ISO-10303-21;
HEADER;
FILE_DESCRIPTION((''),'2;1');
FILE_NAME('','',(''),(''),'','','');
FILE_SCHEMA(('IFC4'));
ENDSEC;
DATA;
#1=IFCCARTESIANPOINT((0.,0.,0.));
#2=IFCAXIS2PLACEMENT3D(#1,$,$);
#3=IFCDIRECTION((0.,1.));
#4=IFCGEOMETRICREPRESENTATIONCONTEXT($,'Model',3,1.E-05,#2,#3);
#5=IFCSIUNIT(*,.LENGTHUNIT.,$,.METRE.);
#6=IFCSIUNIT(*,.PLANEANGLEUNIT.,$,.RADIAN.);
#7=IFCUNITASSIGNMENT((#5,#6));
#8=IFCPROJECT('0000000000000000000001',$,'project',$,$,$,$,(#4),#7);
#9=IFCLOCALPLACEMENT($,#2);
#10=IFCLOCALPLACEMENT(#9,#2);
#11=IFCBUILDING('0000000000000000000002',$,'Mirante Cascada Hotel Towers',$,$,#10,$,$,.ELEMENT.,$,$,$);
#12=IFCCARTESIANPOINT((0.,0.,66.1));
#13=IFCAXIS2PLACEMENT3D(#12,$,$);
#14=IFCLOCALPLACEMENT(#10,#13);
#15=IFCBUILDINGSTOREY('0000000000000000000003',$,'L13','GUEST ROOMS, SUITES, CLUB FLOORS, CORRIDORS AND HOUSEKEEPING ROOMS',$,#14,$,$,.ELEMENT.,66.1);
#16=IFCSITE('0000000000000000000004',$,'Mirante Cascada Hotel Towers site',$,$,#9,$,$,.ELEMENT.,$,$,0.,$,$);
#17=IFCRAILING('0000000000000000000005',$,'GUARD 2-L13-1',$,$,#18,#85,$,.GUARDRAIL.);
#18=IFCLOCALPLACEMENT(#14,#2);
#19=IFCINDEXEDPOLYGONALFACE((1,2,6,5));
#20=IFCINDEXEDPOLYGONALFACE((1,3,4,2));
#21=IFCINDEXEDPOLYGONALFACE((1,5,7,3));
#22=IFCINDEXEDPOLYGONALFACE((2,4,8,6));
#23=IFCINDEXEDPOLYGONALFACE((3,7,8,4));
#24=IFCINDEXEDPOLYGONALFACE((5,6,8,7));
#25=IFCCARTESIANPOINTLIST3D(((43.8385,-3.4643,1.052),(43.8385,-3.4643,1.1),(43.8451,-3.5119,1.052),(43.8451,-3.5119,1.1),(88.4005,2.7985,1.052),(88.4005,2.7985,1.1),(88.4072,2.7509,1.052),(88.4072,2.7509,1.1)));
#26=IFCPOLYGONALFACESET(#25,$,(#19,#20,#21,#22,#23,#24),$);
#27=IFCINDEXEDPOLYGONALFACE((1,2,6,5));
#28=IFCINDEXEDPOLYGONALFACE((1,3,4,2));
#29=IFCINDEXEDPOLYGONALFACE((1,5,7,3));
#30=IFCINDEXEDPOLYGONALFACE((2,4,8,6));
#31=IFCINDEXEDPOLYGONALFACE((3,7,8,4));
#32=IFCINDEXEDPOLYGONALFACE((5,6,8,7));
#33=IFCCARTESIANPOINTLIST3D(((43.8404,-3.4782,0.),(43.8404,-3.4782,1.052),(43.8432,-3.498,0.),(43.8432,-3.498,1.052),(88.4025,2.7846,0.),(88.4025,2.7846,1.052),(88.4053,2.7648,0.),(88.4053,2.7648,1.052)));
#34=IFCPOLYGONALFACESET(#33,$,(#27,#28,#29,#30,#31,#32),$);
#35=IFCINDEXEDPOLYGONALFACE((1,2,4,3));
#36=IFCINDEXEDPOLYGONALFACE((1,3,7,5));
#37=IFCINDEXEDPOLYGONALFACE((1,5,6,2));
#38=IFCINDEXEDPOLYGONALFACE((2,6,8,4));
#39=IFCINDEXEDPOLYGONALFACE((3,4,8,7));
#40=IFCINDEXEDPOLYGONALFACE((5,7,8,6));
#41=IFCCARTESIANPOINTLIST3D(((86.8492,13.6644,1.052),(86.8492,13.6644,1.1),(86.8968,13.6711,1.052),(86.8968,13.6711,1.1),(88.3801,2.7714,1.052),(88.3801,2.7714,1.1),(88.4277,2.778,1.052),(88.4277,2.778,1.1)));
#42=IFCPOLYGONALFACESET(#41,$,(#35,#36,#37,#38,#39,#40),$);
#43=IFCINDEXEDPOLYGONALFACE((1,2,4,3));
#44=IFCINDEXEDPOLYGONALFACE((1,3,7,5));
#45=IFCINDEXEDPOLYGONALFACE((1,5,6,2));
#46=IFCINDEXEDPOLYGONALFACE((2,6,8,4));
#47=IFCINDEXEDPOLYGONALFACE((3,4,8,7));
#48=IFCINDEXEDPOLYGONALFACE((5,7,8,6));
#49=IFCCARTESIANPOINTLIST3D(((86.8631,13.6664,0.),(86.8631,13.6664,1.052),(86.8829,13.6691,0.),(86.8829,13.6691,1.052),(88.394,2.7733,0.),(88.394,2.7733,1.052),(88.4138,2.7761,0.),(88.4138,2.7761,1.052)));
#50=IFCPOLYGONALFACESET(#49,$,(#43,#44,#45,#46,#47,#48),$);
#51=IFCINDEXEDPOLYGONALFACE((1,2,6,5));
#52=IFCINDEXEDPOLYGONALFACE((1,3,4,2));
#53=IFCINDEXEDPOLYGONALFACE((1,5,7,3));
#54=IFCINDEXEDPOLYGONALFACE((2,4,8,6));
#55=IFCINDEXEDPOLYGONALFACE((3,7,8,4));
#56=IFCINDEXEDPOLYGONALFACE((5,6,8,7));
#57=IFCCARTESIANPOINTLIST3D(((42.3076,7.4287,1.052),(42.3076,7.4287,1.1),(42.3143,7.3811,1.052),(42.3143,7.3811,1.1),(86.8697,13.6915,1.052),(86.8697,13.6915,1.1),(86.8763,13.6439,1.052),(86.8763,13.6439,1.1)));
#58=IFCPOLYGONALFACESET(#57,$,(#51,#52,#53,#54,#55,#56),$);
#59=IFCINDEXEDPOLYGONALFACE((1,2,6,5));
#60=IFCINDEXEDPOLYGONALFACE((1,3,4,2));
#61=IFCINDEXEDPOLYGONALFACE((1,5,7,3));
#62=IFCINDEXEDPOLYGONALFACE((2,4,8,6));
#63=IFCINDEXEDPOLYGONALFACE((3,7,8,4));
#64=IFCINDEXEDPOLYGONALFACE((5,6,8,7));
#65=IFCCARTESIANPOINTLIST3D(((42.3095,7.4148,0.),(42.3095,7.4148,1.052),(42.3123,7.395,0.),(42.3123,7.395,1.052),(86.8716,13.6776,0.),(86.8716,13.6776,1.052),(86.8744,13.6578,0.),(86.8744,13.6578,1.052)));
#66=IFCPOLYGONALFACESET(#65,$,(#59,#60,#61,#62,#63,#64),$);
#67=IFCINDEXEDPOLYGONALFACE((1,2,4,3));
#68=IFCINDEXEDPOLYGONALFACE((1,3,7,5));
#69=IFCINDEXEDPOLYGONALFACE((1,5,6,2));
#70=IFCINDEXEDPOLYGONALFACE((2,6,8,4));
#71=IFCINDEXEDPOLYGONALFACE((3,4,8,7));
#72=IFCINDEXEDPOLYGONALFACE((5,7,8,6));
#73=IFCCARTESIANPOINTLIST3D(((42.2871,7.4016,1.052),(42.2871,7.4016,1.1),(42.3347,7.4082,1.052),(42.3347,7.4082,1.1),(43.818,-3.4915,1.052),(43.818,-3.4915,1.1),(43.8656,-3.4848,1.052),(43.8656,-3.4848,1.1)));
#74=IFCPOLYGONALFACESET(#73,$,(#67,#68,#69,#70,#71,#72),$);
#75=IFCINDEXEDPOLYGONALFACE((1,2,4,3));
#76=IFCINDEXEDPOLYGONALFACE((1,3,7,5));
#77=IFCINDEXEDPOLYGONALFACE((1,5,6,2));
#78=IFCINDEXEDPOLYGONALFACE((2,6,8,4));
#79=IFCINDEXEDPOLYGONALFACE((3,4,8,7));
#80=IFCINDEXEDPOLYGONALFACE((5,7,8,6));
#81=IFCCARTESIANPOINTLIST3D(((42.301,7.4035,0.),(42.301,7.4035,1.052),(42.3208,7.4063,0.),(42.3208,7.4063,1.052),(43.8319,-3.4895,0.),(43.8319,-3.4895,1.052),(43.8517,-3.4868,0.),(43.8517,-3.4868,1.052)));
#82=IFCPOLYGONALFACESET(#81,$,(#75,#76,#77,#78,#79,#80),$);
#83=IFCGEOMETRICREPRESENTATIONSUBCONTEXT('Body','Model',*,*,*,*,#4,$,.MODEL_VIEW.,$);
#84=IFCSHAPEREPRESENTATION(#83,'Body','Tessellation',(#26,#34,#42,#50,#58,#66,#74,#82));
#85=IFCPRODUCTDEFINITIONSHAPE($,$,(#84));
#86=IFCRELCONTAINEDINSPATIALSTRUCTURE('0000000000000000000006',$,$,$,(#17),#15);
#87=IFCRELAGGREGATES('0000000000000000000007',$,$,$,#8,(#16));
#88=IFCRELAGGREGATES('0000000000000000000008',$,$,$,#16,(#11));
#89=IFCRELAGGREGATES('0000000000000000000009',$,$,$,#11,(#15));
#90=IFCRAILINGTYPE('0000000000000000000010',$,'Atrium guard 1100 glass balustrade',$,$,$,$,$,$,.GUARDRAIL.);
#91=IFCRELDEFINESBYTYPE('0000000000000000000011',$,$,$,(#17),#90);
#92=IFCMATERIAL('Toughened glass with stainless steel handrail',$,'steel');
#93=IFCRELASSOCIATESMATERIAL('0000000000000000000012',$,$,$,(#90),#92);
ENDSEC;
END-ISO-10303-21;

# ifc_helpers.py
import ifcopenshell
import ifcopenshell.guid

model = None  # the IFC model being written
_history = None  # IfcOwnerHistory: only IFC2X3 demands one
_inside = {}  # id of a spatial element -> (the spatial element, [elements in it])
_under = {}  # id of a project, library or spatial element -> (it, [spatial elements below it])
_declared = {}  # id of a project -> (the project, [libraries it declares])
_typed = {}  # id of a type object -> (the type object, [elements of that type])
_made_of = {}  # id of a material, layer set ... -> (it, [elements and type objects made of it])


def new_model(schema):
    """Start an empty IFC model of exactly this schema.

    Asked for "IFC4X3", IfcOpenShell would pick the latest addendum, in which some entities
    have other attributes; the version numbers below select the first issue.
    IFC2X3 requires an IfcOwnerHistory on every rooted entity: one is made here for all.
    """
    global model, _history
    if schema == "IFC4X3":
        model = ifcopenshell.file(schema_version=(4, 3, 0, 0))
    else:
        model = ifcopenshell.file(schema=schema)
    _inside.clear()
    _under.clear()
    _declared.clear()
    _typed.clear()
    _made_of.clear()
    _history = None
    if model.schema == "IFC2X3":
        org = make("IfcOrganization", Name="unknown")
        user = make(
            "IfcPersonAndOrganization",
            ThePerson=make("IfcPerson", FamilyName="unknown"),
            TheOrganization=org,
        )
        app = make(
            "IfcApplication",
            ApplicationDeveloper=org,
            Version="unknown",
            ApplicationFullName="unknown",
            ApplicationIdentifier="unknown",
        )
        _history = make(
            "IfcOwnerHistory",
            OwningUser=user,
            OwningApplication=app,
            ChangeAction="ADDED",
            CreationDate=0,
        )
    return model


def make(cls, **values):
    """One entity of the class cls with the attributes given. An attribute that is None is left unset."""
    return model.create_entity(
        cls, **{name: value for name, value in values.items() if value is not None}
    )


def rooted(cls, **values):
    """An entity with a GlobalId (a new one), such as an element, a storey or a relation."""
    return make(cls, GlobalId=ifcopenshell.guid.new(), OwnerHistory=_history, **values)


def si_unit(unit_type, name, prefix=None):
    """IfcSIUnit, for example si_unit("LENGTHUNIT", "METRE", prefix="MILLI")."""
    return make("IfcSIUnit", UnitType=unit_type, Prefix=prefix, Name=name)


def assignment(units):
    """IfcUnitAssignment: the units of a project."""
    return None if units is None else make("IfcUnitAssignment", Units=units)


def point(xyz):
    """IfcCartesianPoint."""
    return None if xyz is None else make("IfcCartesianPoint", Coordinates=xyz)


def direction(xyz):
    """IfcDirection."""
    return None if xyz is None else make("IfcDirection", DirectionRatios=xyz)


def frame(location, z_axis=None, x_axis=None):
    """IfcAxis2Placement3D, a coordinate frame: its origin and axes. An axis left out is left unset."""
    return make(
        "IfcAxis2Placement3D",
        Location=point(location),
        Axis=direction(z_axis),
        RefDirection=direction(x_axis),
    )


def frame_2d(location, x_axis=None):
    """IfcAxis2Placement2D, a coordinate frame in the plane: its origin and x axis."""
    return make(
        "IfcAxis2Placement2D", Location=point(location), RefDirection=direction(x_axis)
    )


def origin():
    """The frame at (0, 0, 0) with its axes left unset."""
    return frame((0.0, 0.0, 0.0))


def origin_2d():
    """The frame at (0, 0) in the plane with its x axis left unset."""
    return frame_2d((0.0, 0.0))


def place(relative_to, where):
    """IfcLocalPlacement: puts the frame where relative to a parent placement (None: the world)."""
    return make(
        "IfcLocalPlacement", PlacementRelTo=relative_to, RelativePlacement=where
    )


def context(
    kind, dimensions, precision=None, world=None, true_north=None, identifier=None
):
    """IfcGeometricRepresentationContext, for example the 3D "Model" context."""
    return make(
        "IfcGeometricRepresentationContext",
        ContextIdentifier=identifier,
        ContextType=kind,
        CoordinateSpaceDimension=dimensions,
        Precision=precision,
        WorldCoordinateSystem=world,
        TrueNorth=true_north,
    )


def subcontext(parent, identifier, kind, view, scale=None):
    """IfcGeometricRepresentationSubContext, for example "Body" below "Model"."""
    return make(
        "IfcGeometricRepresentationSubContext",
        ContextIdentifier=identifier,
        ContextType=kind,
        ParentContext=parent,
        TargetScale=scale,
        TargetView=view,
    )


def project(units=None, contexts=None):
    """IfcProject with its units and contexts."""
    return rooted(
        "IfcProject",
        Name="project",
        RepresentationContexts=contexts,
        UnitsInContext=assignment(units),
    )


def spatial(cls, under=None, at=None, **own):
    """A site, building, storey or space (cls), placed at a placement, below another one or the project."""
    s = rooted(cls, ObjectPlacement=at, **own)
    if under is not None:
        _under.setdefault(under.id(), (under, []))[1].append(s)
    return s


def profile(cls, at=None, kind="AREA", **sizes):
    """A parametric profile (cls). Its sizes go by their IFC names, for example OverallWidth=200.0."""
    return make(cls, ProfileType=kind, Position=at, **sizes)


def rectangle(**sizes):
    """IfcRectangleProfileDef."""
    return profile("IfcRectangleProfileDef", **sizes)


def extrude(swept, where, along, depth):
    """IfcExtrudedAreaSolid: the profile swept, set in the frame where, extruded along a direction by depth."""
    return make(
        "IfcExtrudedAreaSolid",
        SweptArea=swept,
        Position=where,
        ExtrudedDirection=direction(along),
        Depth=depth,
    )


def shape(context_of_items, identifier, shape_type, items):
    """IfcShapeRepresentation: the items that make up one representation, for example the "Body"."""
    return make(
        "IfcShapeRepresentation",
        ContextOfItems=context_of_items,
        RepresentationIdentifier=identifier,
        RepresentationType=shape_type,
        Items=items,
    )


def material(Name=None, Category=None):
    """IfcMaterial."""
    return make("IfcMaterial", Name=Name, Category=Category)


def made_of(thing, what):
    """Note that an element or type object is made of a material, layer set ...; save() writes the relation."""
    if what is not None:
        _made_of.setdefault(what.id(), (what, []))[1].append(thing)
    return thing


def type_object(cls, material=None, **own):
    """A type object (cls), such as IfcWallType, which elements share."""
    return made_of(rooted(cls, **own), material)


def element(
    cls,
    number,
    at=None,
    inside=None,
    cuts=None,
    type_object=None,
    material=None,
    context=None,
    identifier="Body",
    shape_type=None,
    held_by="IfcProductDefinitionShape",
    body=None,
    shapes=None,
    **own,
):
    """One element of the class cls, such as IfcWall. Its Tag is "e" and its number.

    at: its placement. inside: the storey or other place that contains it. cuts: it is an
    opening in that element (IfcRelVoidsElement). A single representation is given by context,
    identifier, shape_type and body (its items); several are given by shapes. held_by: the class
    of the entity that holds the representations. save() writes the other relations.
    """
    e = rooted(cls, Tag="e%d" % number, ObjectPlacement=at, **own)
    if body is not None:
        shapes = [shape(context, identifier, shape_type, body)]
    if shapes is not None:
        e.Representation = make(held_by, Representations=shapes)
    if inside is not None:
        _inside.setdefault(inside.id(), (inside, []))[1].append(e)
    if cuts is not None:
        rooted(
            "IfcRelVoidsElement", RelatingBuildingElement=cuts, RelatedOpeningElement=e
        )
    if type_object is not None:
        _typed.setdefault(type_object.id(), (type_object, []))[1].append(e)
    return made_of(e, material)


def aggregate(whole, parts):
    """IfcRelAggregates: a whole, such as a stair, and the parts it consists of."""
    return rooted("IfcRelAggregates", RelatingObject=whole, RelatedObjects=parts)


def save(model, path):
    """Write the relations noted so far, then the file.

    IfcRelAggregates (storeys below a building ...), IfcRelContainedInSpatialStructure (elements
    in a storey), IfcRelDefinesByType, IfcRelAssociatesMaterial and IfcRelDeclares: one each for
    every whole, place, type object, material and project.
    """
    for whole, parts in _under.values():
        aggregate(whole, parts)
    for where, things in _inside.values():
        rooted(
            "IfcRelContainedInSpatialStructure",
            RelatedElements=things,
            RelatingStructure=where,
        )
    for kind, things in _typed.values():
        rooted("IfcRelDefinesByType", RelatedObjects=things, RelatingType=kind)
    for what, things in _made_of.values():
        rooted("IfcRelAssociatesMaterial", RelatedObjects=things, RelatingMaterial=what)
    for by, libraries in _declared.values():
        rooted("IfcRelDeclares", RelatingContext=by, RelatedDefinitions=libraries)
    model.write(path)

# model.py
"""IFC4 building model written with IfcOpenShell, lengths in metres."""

from ifc_helpers import new_model, si_unit, direction, frame, origin, origin_2d, place, context, subcontext, project, spatial, rectangle, extrude, material, type_object, element, save


model = new_model("IFC4")

# Units and contexts
model_context = context("Model", 3, precision=1e-05, world=origin(), true_north=direction((0.0, 1.0)))
body_context = subcontext(model_context, "Body", "Model", "MODEL_VIEW")
ifc_project = project(units=[si_unit("LENGTHUNIT", "METRE"), si_unit("PLANEANGLEUNIT", "RADIAN")], contexts=[model_context])

# Site, building, storey
site_placement = place(None, origin())
site = spatial("IfcSite", under=ifc_project, at=site_placement, Name="Mirante Cascada Hotel Towers site", CompositionType="ELEMENT", RefElevation=0.0)
building_placement = place(site_placement, origin())
building = spatial("IfcBuilding", under=site, at=building_placement, Name="Mirante Cascada Hotel Towers", CompositionType="ELEMENT")
storey_placement = place(building_placement, frame((0.0, 0.0, 66.1)))
storey = spatial("IfcBuildingStorey", under=building, at=storey_placement, Name="L13", Description="GUEST ROOMS, SUITES, CLUB FLOORS, CORRIDORS AND HOUSEKEEPING ROOMS", CompositionType="ELEMENT", Elevation=66.1)

# Railing
ifc_material_1 = material(Name="Toughened glass with stainless steel handrail", Category="steel")
railing_type = type_object("IfcRailingType", Name="Atrium guard 1100 glass balustrade", PredefinedType="GUARDRAIL", material=ifc_material_1)
railing_placement = place(storey_placement, frame((43.8418, -3.4881, 0.0)))
element("IfcRailing", 1, at=railing_placement, inside=storey, type_object=railing_type, Name="GUARD 2-L13-1", PredefinedType="GUARDRAIL", context=body_context, shape_type="SweptSolid", body=[
    extrude(rectangle(XDim=0.048, YDim=0.048, at=origin_2d()), frame((0.0, 0.0, 1.076), z_axis=(0.990268, 0.139173, 0.0), x_axis=(-0.139173, 0.990268, 0.0)), (0.0, 0.0, 1.0), 45.0),
    extrude(rectangle(XDim=0.02, YDim=1.052, at=origin_2d()), frame((0.0, 0.0, 0.526), z_axis=(0.990268, 0.139173, 0.0), x_axis=(-0.139173, 0.990268, 0.0)), (0.0, 0.0, 1.0), 45.0),
    extrude(rectangle(XDim=0.048, YDim=0.048, at=origin_2d()), frame((44.5621, 6.2628, 1.076), z_axis=(-0.139172, 0.990268, 0.0), x_axis=(-0.990268, -0.139172, 0.0)), (0.0, 0.0, 1.0), 11.0001),
    extrude(rectangle(XDim=0.02, YDim=1.052, at=origin_2d()), frame((44.5621, 6.2628, 0.526), z_axis=(-0.139172, 0.990268, 0.0), x_axis=(-0.990268, -0.139172, 0.0)), (0.0, 0.0, 1.0), 11.0001),
    extrude(rectangle(XDim=0.048, YDim=0.048, at=origin_2d()), frame((43.0312, 17.1558, 1.076), z_axis=(-0.990268, -0.139173, 0.0), x_axis=(0.139173, -0.990268, 0.0)), (0.0, 0.0, 1.0), 45.0),
    extrude(rectangle(XDim=0.02, YDim=1.052, at=origin_2d()), frame((43.0312, 17.1558, 0.526), z_axis=(-0.990268, -0.139173, 0.0), x_axis=(0.139173, -0.990268, 0.0)), (0.0, 0.0, 1.0), 45.0),
    extrude(rectangle(XDim=0.048, YDim=0.048, at=origin_2d()), frame((-1.5309, 10.893, 1.076), z_axis=(0.139172, -0.990268, 0.0), x_axis=(0.990268, 0.139172, 0.0)), (0.0, 0.0, 1.0), 11.0001),
    extrude(rectangle(XDim=0.02, YDim=1.052, at=origin_2d()), frame((-1.5309, 10.893, 0.526), z_axis=(0.139172, -0.990268, 0.0), x_axis=(0.990268, 0.139172, 0.0)), (0.0, 0.0, 1.0), 11.0001),
])

save(model, "model.ifc")
